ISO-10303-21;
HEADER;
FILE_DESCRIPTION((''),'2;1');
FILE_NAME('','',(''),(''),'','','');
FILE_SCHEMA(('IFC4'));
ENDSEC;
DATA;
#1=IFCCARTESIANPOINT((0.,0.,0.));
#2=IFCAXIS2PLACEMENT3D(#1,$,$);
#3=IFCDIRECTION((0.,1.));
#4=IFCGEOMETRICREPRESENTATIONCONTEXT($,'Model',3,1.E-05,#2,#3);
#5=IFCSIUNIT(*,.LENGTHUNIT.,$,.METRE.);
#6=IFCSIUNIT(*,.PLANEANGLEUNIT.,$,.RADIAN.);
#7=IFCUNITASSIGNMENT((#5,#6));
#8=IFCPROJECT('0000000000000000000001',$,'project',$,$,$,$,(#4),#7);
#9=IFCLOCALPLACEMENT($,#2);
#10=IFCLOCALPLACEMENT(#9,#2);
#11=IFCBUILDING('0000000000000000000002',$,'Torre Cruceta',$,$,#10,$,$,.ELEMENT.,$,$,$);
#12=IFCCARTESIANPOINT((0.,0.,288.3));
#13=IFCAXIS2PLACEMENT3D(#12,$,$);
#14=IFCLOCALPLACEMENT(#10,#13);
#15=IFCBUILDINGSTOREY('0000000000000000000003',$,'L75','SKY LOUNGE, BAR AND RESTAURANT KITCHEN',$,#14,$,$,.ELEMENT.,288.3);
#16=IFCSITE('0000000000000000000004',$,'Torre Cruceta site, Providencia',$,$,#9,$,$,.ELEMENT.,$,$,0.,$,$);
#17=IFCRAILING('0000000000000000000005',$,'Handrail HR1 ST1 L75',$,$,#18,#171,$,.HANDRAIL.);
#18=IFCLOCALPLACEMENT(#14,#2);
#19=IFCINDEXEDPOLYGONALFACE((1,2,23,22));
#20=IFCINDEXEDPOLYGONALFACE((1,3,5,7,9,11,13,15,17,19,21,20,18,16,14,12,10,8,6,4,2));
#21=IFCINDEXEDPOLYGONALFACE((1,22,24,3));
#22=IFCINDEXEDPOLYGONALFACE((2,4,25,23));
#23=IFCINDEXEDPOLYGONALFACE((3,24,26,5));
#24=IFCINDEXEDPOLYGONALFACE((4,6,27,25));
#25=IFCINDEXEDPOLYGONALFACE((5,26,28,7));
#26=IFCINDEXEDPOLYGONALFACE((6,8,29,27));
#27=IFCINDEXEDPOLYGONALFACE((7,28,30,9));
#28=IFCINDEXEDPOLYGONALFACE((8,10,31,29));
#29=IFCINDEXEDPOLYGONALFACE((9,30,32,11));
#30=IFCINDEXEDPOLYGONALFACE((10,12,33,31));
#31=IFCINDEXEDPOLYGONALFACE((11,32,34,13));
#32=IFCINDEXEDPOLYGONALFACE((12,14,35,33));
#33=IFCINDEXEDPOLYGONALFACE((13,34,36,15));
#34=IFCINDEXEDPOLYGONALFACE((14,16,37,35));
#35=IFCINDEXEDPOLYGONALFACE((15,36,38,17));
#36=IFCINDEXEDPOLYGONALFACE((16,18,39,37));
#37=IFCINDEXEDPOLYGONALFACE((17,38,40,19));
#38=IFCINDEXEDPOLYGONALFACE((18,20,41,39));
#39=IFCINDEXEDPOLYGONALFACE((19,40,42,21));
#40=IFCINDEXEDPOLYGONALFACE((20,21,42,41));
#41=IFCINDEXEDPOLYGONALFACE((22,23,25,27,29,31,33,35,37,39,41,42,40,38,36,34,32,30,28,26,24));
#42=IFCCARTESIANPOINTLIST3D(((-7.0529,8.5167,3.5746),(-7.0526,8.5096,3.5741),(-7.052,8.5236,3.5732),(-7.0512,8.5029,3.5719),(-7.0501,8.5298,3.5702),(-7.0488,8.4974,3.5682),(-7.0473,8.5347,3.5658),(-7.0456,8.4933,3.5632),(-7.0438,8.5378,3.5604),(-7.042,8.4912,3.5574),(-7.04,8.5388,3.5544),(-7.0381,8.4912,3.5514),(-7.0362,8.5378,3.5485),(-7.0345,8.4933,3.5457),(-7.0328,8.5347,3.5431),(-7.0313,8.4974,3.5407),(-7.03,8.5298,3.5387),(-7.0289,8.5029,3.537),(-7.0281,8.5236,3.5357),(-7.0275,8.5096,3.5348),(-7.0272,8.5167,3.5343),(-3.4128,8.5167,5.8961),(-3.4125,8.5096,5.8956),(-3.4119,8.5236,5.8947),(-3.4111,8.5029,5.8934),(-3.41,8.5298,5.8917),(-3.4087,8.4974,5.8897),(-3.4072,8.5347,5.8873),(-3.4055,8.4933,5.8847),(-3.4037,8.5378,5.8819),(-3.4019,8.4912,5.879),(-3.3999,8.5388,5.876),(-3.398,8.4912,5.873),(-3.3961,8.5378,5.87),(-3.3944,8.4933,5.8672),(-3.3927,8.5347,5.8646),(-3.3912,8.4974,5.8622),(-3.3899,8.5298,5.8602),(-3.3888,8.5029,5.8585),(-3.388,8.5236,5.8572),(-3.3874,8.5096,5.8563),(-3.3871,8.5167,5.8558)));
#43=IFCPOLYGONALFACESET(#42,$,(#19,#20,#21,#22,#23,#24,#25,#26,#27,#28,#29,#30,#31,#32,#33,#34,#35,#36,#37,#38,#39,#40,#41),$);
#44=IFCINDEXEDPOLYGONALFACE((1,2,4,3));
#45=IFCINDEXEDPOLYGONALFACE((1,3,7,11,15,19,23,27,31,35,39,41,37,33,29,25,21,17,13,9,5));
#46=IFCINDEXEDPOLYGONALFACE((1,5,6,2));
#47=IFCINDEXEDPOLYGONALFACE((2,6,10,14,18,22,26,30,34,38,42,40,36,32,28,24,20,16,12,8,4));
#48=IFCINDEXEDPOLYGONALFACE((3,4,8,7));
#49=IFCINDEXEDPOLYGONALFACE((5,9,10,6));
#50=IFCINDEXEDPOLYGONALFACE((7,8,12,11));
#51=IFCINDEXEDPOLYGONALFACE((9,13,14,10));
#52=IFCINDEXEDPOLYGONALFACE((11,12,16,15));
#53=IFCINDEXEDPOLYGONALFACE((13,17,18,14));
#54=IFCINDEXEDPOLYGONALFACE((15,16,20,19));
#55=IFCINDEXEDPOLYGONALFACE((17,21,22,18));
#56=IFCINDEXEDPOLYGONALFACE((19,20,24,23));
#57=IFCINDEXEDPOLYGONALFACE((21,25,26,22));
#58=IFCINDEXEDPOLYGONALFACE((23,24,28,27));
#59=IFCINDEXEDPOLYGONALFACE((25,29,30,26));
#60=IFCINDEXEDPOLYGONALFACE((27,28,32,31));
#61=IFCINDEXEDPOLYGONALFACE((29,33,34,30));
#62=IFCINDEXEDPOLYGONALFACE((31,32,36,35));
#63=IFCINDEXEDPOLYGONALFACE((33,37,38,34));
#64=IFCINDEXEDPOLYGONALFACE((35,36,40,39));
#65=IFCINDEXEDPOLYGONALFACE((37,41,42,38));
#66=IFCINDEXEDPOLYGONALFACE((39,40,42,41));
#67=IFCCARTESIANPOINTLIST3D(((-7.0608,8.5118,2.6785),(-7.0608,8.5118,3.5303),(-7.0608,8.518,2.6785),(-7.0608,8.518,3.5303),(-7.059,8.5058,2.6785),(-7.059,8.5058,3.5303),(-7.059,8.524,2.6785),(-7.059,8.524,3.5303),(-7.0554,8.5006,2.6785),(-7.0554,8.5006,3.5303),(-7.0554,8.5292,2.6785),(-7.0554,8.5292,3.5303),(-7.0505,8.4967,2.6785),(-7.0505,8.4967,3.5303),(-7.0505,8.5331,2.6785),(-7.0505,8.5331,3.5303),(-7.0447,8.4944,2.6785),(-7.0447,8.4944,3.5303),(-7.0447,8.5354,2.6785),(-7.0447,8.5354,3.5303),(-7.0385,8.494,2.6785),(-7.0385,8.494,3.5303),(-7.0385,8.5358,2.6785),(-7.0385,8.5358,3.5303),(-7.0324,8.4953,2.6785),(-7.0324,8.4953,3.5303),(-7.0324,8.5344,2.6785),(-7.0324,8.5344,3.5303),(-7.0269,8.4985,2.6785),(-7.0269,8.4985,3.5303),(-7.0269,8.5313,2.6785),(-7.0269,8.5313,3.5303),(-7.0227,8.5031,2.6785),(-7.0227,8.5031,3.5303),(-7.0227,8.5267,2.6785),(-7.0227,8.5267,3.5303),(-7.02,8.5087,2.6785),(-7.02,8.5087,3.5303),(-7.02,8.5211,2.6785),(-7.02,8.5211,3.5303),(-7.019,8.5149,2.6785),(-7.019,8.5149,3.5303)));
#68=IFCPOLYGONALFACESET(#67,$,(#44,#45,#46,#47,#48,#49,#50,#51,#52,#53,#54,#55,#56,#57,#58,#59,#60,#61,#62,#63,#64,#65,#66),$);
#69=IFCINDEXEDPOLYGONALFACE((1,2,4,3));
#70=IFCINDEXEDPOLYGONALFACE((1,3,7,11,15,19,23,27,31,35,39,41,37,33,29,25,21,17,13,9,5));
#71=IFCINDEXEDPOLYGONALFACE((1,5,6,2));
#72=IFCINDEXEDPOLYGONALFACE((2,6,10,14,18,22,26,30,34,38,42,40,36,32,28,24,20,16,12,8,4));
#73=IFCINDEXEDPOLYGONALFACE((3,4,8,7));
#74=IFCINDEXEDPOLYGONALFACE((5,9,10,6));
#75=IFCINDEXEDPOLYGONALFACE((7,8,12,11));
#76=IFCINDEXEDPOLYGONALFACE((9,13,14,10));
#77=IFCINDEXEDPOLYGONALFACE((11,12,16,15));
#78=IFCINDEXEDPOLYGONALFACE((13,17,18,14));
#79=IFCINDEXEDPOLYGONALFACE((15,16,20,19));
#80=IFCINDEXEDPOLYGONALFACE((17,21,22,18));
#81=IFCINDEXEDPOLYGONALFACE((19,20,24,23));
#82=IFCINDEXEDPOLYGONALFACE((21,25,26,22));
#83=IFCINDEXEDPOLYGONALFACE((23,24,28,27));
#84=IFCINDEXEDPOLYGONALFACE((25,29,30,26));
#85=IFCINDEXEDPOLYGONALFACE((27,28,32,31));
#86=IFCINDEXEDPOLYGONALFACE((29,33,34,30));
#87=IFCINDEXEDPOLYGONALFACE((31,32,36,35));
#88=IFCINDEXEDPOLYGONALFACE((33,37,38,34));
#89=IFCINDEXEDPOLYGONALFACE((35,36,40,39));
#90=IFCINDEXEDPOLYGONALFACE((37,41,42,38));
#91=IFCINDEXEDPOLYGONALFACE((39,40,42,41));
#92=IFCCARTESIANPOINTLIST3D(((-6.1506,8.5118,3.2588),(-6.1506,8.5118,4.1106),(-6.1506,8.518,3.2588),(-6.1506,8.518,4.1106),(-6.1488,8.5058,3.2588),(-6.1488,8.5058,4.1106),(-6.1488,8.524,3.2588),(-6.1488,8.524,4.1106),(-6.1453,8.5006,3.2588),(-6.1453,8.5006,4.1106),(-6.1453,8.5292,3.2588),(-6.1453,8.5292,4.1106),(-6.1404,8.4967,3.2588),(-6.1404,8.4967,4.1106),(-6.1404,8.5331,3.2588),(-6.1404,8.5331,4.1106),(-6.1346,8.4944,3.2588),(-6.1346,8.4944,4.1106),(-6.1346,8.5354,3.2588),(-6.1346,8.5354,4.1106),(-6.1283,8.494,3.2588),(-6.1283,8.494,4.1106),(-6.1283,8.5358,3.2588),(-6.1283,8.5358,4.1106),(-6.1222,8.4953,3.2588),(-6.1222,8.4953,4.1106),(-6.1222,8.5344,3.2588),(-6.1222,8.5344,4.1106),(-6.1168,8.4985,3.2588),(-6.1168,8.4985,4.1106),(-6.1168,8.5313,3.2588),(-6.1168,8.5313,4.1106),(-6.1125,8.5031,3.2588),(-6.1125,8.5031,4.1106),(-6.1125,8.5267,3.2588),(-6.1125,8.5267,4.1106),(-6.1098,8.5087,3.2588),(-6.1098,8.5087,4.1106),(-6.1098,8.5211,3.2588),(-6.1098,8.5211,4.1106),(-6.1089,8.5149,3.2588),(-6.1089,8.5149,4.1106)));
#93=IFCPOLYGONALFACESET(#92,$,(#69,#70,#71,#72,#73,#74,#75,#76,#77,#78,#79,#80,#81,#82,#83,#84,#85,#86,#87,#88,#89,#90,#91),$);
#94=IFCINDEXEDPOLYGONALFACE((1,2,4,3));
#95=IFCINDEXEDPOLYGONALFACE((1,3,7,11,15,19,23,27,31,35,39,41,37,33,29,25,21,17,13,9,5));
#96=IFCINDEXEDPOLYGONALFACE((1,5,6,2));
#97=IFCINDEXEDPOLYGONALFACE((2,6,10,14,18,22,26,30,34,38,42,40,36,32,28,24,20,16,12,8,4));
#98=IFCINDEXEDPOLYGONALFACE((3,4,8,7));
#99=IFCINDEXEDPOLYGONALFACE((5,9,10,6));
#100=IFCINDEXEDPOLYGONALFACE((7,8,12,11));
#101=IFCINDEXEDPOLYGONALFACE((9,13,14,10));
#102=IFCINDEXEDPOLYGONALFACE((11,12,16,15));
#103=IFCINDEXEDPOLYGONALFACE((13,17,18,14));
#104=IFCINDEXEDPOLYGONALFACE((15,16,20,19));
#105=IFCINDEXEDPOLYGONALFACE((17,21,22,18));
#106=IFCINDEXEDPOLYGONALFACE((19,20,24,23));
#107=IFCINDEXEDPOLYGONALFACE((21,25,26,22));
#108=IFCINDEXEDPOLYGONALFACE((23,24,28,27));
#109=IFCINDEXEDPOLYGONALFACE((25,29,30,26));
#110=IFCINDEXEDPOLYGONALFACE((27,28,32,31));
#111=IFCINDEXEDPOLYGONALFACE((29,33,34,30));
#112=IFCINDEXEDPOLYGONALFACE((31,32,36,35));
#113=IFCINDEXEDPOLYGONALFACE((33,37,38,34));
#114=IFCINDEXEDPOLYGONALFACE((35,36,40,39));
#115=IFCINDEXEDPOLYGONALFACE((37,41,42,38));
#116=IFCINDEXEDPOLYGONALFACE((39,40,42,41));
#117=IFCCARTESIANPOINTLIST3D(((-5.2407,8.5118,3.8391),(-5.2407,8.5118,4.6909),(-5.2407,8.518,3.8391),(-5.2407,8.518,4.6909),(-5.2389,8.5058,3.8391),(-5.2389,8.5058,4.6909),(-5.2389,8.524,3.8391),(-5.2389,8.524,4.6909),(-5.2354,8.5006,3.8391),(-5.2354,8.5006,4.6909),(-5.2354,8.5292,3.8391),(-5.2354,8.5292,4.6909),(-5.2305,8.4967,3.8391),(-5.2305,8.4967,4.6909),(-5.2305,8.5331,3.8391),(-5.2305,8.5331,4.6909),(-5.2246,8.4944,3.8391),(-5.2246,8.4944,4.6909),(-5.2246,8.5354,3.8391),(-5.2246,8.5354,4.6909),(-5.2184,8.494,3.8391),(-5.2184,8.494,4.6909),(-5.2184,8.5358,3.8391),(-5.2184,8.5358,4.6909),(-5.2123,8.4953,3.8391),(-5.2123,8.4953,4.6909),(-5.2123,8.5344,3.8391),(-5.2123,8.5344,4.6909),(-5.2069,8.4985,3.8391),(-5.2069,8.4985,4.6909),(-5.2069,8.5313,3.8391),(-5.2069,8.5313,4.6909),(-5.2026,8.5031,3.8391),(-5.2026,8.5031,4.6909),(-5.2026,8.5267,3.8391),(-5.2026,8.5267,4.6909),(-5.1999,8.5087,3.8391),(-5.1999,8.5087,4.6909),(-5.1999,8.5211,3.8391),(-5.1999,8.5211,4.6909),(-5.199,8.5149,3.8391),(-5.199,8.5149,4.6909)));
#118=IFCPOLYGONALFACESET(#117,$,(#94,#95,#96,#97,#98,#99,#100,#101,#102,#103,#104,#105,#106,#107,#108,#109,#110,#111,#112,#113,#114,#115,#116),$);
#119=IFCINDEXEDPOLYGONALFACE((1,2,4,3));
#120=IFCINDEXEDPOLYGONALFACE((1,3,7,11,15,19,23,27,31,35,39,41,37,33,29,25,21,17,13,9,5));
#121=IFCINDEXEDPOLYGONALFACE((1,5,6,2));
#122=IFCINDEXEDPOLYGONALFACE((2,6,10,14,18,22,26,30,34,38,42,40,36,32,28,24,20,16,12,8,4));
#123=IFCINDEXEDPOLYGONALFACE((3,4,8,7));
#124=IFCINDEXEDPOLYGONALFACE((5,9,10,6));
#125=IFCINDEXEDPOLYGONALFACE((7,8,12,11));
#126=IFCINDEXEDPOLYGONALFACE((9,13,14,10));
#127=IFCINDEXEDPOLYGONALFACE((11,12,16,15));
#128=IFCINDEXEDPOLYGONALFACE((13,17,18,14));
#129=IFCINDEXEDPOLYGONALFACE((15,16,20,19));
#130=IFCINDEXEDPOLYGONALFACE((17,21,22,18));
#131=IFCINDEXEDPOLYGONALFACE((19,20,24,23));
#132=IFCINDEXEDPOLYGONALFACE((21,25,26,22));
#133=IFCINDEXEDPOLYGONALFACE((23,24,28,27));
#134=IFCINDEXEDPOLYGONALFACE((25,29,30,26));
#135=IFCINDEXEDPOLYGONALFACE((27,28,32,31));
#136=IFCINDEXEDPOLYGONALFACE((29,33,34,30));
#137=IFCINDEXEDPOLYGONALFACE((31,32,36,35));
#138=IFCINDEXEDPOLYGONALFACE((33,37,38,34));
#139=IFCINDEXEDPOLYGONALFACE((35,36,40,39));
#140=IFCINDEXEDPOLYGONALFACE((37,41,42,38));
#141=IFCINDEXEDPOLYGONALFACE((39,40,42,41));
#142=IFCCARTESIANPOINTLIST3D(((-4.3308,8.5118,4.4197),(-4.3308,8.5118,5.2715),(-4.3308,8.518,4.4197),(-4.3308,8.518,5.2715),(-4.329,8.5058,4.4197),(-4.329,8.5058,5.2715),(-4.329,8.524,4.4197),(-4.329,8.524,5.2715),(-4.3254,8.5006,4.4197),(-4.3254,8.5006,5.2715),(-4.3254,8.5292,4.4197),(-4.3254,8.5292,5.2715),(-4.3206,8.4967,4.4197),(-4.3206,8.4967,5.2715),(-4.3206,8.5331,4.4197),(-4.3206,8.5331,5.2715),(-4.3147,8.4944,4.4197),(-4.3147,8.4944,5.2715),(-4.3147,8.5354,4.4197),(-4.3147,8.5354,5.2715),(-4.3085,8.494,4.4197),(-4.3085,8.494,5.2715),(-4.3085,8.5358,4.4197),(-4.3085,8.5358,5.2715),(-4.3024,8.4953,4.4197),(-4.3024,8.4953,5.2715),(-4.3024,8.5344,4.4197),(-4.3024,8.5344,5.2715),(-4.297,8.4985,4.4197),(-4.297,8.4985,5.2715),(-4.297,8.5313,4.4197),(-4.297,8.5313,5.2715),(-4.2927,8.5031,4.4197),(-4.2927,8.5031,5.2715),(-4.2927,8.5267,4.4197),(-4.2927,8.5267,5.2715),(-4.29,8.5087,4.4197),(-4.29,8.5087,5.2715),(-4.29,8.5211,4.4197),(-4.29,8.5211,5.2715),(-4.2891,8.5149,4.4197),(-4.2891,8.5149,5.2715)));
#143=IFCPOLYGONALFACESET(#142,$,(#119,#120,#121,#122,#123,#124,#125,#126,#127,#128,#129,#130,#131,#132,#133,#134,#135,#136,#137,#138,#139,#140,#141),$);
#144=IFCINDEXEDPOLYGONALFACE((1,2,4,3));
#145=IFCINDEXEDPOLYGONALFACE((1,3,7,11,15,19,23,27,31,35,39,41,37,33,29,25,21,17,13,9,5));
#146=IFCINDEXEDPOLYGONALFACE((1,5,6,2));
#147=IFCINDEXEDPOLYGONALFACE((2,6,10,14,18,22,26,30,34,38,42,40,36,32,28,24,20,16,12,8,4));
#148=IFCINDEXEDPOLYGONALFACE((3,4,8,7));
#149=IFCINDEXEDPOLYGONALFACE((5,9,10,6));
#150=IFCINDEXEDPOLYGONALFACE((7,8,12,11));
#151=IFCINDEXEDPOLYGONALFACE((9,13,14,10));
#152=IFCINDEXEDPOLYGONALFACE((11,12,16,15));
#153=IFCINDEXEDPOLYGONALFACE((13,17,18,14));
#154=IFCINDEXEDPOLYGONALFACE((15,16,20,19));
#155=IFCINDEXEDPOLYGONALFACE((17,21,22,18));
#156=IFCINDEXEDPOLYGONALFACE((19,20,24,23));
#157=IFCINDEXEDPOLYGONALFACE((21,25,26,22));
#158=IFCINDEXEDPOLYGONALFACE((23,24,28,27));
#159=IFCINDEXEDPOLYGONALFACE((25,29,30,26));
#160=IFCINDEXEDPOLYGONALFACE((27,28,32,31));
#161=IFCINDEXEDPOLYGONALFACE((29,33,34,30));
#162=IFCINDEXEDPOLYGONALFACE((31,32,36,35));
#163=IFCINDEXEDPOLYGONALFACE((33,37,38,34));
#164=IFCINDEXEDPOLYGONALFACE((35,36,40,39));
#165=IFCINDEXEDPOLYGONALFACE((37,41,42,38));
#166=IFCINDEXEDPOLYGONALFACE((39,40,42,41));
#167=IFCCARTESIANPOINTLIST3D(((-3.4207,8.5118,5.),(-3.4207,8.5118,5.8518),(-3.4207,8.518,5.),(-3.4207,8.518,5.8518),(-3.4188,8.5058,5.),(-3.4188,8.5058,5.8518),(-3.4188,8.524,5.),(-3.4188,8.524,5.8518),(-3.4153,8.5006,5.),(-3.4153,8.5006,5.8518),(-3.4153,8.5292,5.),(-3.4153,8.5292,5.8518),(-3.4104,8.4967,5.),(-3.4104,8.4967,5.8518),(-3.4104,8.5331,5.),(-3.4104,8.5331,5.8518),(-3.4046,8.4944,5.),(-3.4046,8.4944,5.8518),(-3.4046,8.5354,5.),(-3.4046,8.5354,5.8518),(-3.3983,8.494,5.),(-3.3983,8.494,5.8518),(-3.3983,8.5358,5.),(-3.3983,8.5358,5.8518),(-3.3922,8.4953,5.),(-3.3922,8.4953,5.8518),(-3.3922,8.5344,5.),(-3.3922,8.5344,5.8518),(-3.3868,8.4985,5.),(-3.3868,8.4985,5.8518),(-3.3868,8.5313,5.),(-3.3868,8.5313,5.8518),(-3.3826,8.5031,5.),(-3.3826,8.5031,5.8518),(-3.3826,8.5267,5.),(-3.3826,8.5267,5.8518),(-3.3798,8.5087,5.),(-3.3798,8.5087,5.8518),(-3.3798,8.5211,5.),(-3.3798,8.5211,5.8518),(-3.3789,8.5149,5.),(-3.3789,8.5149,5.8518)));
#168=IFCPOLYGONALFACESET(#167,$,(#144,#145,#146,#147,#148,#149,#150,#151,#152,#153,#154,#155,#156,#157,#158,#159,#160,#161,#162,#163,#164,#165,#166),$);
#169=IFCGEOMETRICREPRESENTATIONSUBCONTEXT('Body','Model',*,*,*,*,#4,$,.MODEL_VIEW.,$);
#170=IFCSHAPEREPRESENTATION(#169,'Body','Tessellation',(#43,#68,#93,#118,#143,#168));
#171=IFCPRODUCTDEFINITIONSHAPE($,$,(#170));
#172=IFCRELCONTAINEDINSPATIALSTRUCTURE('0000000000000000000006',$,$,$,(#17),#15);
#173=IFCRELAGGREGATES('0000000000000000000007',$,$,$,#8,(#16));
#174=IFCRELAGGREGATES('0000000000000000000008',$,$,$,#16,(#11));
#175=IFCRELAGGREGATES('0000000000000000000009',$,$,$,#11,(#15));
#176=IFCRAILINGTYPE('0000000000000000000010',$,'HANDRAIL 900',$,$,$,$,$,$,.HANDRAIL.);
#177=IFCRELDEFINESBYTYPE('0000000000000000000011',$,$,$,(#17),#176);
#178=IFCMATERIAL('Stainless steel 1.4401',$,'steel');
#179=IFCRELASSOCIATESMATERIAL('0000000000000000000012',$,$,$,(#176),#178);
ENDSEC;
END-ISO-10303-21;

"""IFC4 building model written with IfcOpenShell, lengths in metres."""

from ifc_helpers import new_model, si_unit, direction, frame, origin, origin_2d, place, context, subcontext, project, spatial, circle, extrude, material, type_object, element, save


model = new_model("IFC4")

# Units and contexts
model_context = context("Model", 3, precision=1e-05, world=origin(), true_north=direction((0.0, 1.0)))
body_context = subcontext(model_context, "Body", "Model", "MODEL_VIEW")
ifc_project = project(units=[si_unit("LENGTHUNIT", "METRE"), si_unit("PLANEANGLEUNIT", "RADIAN")], contexts=[model_context])

# Site, building, storey
site_placement = place(None, origin())
site = spatial("IfcSite", under=ifc_project, at=site_placement, Name="Torre Cruceta site, Providencia", CompositionType="ELEMENT", RefElevation=0.0)
building_placement = place(site_placement, origin())
building = spatial("IfcBuilding", under=site, at=building_placement, Name="Torre Cruceta", CompositionType="ELEMENT")
storey_placement = place(building_placement, frame((0.0, 0.0, 288.3)))
storey = spatial("IfcBuildingStorey", under=building, at=storey_placement, Name="L75", Description="SKY LOUNGE, BAR AND RESTAURANT KITCHEN", CompositionType="ELEMENT", Elevation=288.3)

# Railing
ifc_material_1 = material(Name="Stainless steel 1.4401", Category="steel")
railing_type = type_object("IfcRailingType", Name="HANDRAIL 900", PredefinedType="HANDRAIL", material=ifc_material_1)
railing_placement = place(storey_placement, frame((-7.04, 8.5149, 2.6785)))
element("IfcRailing", 1, at=railing_placement, inside=storey, type_object=railing_type, Name="Handrail HR1 ST1 L75", PredefinedType="HANDRAIL", context=body_context, shape_type="SweptSolid", body=[
    extrude(circle(Radius=0.0239, at=origin_2d()), frame((0.0, 0.0, 0.876), z_axis=(0.843128, 0.0, 0.537713), x_axis=(0.0, 1.0, 0.0)), (0.0, 0.0, 1.0), 4.3174),
    extrude(circle(Radius=0.021, at=origin_2d()), origin(), (0.0, 0.0, 1.0), 0.8518),
    extrude(circle(Radius=0.021, at=origin_2d()), frame((0.9102, 0.0, 0.5803)), (0.0, 0.0, 1.0), 0.8518),
    extrude(circle(Radius=0.021, at=origin_2d()), frame((1.8201, 0.0, 1.1606)), (0.0, 0.0, 1.0), 0.8518),
    extrude(circle(Radius=0.021, at=origin_2d()), frame((2.73, 0.0, 1.7412)), (0.0, 0.0, 1.0), 0.8518),
    extrude(circle(Radius=0.021, at=origin_2d()), frame((3.6401, 0.0, 2.3215)), (0.0, 0.0, 1.0), 0.8518),
])

save(model, "model.ifc")
